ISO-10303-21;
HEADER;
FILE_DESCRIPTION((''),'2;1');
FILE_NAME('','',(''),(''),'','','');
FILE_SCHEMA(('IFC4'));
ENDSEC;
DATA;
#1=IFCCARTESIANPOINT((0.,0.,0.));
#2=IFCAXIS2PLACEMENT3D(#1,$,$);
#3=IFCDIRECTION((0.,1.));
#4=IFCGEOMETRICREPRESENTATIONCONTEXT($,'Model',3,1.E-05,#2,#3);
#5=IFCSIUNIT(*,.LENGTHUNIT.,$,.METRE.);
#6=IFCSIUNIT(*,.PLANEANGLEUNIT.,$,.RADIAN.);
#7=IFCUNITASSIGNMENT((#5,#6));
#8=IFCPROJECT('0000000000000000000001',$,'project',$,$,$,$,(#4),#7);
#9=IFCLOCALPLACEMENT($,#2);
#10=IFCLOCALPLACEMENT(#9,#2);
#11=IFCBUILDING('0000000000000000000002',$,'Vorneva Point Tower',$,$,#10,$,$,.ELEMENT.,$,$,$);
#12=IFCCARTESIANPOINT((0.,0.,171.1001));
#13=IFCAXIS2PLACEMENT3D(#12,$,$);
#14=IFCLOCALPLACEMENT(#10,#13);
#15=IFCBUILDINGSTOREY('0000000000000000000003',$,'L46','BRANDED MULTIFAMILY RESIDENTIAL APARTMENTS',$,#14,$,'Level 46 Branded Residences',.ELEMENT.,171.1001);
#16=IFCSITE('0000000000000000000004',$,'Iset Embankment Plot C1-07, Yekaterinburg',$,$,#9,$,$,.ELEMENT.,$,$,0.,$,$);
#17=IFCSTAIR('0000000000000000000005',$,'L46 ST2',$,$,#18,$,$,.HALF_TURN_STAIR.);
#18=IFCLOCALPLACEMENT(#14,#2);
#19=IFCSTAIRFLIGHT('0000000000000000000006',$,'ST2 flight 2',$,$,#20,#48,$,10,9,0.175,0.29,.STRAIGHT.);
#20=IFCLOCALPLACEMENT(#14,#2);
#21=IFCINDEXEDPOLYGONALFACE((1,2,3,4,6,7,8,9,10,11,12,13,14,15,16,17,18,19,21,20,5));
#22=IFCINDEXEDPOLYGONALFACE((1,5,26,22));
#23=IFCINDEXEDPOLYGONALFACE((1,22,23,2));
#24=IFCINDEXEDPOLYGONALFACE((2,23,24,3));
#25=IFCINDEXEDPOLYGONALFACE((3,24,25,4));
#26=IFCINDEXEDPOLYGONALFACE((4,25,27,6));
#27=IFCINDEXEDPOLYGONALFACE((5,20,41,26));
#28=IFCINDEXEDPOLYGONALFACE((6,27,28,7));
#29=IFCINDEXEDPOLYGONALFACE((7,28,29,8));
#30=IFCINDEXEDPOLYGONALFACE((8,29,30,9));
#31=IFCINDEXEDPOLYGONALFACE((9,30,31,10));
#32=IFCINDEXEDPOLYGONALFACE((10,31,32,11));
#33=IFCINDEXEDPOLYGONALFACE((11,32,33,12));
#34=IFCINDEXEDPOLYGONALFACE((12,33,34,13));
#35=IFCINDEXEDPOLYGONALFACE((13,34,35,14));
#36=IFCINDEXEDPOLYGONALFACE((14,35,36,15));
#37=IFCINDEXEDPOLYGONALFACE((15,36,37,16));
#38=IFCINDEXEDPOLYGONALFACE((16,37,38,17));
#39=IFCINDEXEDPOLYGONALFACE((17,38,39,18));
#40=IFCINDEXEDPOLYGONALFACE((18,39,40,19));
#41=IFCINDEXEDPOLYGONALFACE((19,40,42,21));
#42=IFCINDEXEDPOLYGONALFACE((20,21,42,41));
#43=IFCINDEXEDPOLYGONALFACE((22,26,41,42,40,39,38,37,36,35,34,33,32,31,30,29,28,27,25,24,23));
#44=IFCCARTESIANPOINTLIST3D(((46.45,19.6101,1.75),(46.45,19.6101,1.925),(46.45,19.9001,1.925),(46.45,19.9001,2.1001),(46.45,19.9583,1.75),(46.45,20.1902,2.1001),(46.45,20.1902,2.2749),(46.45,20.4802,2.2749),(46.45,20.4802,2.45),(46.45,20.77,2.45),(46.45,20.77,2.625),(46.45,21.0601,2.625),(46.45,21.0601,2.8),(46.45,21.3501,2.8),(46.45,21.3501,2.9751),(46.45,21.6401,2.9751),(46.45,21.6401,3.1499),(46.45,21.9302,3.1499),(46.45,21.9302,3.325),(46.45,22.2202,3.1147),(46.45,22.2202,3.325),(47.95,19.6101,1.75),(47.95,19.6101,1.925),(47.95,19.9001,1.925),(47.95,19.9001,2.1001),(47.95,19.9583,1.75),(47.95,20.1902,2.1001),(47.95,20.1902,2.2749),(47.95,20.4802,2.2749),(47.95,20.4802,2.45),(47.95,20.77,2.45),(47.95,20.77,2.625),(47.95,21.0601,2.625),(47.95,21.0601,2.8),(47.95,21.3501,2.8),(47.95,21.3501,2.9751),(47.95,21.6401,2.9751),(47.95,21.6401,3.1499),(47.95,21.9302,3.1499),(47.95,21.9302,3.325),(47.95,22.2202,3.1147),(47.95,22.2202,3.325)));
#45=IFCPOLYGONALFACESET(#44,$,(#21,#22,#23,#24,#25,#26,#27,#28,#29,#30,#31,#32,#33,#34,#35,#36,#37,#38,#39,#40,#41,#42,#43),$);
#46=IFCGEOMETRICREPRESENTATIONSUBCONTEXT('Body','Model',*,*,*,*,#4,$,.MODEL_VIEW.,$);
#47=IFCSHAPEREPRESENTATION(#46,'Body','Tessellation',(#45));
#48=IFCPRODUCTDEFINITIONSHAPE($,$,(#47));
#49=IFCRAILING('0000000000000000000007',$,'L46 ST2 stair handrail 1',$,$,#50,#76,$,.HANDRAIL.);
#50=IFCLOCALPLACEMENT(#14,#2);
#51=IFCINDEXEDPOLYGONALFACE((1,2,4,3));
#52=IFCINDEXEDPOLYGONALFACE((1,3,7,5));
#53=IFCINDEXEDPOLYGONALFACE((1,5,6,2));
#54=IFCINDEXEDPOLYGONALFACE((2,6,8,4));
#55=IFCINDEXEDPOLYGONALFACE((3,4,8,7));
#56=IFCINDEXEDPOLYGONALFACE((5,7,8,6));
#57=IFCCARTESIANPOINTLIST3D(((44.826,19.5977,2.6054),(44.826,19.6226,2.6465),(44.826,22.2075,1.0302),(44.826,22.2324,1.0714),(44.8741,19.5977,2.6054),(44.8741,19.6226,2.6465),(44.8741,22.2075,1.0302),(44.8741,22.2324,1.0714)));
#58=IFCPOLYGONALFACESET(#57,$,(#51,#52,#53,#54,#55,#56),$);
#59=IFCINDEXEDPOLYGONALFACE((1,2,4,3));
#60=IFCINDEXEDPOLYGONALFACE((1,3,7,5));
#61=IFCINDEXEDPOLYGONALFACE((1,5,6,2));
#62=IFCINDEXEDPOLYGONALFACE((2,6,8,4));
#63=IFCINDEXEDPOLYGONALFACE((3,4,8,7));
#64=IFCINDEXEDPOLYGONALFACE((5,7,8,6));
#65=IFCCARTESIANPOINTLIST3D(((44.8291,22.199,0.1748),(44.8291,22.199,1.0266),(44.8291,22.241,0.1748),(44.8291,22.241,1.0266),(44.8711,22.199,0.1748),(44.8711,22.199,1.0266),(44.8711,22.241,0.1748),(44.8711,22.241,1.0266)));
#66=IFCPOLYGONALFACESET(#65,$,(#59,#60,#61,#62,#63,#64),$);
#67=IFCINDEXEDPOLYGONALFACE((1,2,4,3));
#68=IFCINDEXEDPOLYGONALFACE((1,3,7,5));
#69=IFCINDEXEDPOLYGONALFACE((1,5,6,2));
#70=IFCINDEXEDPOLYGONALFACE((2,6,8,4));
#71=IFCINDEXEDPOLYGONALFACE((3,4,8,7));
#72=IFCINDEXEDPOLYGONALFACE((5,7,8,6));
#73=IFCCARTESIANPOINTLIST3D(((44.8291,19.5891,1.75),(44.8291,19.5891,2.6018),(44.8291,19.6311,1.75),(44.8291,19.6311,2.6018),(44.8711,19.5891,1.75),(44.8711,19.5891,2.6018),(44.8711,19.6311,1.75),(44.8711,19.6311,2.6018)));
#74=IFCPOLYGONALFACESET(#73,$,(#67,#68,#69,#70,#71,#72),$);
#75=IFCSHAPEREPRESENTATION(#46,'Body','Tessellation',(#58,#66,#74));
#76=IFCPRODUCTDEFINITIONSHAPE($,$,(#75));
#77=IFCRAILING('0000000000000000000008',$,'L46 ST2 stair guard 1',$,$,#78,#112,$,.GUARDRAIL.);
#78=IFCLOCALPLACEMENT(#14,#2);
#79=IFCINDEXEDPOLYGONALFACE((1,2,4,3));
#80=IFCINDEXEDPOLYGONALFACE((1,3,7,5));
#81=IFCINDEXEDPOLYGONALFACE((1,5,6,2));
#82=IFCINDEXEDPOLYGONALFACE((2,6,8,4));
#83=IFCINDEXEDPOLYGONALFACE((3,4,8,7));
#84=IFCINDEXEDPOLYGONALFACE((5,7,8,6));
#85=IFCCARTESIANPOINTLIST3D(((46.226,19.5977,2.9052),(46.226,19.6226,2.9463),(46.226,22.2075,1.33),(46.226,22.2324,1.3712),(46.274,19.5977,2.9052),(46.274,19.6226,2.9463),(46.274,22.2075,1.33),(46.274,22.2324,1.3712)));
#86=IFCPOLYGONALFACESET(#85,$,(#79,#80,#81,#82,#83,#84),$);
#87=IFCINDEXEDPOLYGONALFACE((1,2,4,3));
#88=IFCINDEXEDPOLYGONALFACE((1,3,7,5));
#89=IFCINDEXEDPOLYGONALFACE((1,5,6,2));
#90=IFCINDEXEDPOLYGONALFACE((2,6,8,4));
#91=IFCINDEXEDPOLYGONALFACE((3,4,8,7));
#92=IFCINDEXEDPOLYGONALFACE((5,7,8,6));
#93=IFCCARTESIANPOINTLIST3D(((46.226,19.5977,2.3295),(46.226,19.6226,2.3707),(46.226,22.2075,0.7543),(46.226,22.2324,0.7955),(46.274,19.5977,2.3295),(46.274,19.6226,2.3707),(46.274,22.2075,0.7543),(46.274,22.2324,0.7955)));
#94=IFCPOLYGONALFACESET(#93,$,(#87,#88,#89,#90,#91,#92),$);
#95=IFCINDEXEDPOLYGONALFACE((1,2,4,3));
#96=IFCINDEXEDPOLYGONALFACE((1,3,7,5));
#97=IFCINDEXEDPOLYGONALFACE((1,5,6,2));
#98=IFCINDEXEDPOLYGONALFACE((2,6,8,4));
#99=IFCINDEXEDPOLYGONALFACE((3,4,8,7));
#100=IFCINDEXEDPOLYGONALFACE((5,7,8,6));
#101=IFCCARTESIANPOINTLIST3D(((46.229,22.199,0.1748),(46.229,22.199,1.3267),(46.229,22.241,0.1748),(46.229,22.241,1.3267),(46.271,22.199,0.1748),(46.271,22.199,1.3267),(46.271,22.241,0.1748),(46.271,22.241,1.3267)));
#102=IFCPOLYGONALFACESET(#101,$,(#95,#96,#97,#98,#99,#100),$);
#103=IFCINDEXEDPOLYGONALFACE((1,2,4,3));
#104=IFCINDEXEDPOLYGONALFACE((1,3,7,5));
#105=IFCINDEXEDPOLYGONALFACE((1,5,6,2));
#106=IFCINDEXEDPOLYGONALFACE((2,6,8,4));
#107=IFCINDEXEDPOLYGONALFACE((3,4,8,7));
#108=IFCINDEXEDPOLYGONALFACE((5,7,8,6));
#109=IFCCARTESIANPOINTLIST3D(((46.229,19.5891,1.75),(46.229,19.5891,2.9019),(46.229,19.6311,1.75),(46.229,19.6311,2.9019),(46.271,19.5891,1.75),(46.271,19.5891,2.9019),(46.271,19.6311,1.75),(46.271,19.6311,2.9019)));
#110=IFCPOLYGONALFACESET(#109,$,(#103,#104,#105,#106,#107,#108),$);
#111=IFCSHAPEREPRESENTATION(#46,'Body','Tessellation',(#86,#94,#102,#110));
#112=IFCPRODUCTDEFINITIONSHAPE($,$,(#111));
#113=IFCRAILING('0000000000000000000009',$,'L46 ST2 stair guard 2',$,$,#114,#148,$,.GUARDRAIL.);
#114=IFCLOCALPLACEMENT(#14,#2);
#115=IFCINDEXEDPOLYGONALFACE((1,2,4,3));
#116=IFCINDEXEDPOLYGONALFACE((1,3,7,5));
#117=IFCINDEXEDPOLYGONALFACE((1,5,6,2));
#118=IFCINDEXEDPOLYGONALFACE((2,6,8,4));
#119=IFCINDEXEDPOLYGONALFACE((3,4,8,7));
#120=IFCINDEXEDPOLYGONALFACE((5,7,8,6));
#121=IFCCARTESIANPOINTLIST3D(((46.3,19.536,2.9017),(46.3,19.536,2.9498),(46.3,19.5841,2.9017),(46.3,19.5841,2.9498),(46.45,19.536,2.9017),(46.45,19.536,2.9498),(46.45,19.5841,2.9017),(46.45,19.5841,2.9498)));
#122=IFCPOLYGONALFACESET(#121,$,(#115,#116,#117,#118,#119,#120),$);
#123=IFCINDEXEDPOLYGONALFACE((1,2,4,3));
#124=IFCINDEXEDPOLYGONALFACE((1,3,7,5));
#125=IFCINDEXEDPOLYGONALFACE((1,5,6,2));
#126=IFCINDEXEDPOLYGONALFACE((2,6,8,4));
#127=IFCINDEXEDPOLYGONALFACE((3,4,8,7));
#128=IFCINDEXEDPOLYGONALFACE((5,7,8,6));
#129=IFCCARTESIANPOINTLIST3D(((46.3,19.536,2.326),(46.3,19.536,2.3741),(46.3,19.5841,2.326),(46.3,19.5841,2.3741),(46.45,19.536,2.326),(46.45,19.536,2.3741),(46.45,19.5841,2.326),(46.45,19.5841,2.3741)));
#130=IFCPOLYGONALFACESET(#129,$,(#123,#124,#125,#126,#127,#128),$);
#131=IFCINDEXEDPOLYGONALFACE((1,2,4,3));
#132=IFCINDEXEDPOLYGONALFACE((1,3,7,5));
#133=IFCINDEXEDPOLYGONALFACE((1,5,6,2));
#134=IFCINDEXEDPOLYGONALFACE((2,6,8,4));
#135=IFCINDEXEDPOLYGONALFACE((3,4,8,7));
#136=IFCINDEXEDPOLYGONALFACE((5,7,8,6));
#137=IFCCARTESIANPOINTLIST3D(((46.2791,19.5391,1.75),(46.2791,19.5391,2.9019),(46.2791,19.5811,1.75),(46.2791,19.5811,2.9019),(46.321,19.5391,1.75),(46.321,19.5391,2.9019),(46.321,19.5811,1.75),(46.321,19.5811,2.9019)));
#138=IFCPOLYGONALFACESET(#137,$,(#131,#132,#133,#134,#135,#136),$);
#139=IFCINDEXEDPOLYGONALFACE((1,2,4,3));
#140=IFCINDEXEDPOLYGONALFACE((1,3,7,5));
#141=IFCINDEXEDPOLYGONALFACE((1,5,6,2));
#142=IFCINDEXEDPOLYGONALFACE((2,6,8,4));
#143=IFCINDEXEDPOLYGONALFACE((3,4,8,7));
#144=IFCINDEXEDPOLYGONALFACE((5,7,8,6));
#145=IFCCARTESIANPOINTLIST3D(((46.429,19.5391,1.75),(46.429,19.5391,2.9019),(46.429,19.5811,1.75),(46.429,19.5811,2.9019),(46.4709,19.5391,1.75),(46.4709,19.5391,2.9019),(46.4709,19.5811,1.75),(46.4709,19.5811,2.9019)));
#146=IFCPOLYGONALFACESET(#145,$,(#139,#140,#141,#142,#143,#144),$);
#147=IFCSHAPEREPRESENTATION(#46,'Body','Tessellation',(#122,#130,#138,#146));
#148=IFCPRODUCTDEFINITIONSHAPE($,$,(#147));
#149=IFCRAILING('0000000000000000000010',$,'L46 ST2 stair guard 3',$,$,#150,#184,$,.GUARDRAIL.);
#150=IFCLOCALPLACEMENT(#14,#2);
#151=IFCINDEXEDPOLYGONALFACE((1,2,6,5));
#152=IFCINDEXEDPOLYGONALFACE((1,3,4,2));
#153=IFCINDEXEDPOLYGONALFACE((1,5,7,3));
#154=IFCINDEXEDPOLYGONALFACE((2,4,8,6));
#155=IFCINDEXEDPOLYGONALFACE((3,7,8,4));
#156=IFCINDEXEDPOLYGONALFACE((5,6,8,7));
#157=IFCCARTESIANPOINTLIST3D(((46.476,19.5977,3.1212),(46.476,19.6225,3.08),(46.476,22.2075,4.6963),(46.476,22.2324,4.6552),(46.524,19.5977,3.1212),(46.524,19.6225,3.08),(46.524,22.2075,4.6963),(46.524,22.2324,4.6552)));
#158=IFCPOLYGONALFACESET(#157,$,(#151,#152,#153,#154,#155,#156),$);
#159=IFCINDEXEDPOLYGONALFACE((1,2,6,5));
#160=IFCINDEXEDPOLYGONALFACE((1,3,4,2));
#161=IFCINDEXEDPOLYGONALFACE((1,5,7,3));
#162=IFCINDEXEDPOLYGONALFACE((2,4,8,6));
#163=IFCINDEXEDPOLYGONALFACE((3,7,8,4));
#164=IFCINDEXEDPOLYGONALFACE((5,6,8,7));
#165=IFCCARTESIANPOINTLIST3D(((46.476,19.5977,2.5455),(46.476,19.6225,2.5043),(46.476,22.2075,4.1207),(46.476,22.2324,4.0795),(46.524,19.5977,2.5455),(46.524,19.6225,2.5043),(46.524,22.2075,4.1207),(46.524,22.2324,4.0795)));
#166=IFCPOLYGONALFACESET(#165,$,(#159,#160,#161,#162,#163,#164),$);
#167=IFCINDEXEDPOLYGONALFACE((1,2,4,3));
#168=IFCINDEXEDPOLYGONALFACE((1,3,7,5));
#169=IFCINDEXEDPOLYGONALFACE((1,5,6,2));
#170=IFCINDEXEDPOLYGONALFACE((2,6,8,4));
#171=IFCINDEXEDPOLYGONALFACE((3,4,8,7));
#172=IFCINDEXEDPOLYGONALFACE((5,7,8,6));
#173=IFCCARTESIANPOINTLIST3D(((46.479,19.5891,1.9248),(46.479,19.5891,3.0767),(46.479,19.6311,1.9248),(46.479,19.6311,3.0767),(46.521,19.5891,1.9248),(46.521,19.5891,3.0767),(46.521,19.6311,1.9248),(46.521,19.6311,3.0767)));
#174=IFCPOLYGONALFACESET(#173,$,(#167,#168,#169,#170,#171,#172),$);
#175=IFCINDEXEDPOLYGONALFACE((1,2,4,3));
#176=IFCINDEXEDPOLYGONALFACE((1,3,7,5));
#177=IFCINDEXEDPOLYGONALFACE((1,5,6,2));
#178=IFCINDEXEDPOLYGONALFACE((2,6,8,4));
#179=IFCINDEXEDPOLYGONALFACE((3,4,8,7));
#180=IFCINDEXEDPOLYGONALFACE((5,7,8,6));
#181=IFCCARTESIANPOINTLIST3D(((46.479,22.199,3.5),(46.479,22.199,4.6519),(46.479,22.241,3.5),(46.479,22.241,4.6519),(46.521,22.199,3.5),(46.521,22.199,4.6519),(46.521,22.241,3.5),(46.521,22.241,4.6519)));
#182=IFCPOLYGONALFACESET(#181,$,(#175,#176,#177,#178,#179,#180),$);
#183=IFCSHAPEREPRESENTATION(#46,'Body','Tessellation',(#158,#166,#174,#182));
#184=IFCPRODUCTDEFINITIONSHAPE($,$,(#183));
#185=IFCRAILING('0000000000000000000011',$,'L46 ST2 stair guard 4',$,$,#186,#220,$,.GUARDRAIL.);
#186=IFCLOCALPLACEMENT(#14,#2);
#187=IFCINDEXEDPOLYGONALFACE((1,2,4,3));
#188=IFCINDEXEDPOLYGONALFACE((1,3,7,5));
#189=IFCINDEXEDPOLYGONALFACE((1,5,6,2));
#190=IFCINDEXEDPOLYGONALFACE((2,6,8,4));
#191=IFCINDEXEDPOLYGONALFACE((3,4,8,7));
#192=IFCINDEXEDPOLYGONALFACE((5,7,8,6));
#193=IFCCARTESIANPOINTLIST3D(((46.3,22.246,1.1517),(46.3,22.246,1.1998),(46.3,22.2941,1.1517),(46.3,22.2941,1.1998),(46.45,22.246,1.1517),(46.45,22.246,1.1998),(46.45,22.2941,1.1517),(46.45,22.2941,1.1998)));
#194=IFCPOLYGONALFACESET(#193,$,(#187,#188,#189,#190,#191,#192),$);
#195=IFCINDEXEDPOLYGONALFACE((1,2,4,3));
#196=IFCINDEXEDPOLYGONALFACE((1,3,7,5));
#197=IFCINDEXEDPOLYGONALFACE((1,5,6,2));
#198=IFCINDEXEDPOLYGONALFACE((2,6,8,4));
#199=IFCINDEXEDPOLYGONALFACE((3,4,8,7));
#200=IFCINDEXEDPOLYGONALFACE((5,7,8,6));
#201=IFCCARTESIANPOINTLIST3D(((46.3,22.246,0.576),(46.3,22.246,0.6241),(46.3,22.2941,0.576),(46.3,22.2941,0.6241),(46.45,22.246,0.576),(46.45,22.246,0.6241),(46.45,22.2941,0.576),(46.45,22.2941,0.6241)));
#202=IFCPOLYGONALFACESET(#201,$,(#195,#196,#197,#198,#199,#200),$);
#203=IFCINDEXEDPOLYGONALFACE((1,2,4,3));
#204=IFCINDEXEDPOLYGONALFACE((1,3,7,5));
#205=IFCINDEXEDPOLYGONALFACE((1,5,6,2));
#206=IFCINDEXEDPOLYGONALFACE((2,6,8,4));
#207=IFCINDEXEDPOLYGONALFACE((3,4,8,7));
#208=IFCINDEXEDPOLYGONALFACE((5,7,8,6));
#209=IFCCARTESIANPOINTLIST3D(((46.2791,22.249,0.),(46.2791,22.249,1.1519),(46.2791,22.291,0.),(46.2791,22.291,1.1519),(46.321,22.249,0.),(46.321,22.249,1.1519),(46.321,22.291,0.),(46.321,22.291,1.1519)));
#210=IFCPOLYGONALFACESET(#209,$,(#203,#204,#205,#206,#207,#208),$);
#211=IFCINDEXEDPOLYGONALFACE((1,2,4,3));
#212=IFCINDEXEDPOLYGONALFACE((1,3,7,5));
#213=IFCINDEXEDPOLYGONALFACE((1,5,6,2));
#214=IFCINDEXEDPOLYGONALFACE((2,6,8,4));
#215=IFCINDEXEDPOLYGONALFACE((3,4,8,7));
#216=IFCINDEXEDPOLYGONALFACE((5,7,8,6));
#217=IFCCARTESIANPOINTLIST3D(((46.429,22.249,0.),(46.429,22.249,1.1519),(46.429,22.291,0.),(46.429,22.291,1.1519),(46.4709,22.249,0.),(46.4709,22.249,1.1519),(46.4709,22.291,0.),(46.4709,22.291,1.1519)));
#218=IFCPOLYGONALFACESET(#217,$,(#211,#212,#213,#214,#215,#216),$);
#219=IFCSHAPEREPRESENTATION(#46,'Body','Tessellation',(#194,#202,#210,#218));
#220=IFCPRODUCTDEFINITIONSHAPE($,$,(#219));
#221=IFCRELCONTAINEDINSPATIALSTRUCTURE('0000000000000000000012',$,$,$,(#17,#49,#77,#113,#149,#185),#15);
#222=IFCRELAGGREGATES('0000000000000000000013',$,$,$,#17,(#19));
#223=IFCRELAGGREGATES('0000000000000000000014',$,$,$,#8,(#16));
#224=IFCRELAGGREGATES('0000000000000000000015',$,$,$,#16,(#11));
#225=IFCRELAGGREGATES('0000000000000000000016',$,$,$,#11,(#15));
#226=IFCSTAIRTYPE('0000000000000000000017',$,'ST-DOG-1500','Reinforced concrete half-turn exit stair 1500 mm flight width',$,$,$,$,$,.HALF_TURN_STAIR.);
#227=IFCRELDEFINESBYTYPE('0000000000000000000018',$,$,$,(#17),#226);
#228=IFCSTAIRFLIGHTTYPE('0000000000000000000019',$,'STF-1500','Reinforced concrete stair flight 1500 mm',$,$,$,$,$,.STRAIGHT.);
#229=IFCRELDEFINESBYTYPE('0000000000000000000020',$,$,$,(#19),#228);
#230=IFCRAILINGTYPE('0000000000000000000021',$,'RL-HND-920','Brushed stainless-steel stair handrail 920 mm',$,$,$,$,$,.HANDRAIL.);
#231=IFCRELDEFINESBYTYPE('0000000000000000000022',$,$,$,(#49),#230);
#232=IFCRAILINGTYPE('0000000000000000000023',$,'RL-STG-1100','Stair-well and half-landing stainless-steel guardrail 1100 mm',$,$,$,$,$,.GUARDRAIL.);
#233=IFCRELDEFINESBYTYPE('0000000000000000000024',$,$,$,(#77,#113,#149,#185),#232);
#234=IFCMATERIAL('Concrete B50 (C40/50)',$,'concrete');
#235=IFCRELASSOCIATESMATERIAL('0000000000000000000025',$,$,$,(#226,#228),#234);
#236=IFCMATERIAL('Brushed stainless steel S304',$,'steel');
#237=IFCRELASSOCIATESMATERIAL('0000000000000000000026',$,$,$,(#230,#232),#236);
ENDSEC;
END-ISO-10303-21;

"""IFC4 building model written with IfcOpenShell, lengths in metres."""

from ifc_helpers import new_model, si_unit, direction, frame, origin, origin_2d, place, context, subcontext, project, spatial, polyline, rectangle, outline, extrude, material, type_object, element, aggregate, save


model = new_model("IFC4")

# Units and contexts
model_context = context("Model", 3, precision=1e-05, world=origin(), true_north=direction((0.0, 1.0)))
body_context = subcontext(model_context, "Body", "Model", "MODEL_VIEW")
ifc_project = project(units=[si_unit("LENGTHUNIT", "METRE"), si_unit("PLANEANGLEUNIT", "RADIAN")], contexts=[model_context])

# Site, building, storey
site_placement = place(None, origin())
site = spatial("IfcSite", under=ifc_project, at=site_placement, Name="Iset Embankment Plot C1-07, Yekaterinburg", CompositionType="ELEMENT", RefElevation=0.0)
building_placement = place(site_placement, origin())
building = spatial("IfcBuilding", under=site, at=building_placement, Name="Vorneva Point Tower", CompositionType="ELEMENT")
storey_placement = place(building_placement, frame((0.0, 0.0, 171.1001)))
storey = spatial("IfcBuildingStorey", under=building, at=storey_placement, Name="L46", Description="BRANDED MULTIFAMILY RESIDENTIAL APARTMENTS", LongName="Level 46 Branded Residences", CompositionType="ELEMENT", Elevation=171.1001)

# Shared definitions
ifc_material_1 = material(Name="Concrete B50 (C40/50)", Category="concrete")

# Shared definitions
ifc_material_2 = material(Name="Brushed stainless steel S304", Category="steel")

# Stair, stair flight
stair_type = type_object("IfcStairType", Name="ST-DOG-1500", Description="Reinforced concrete half-turn exit stair 1500 mm flight width", PredefinedType="HALF_TURN_STAIR", material=ifc_material_1)
stair_placement = place(storey_placement, origin())
stair = element("IfcStair", 1, at=stair_placement, inside=storey, type_object=stair_type, Name="L46 ST2", PredefinedType="HALF_TURN_STAIR")
stair_flight_type = type_object("IfcStairFlightType", Name="STF-1500", Description="Reinforced concrete stair flight 1500 mm", PredefinedType="STRAIGHT", material=ifc_material_1)
stair_flight_1_placement = place(storey_placement, frame((47.2, 19.6101, 1.75), z_axis=(0.0, 0.0, 1.0), x_axis=(0.0, 1.0, 0.0)))
stair_flight_1 = element("IfcStairFlight", 2, at=stair_flight_1_placement, type_object=stair_flight_type, Name="ST2 flight 2", NumberOfRisers=10, NumberOfTreads=9, PredefinedType="STRAIGHT", RiserHeight=0.175, TreadLength=0.29, context=body_context, shape_type="SweptSolid", body=[
    extrude(outline(polyline([(0.0, 0.0), (0.0, 0.175), (0.29, 0.175), (0.29, 0.3501), (0.5801, 0.3501), (0.5801, 0.5249), (0.8701, 0.5249), (0.8701, 0.7), (1.1599, 0.7), (1.1599, 0.875), (1.45, 0.875), (1.45, 1.05), (1.74, 1.05), (1.74, 1.2251), (2.03, 1.2251), (2.03, 1.3999), (2.3201, 1.3999), (2.3201, 1.575), (2.6101, 1.575), (2.6101, 1.75), (2.6101, 1.3647), (0.3481, 0.0), (0.0, 0.0)])), frame((0.0, 0.75, 0.0), z_axis=(0.0, -1.0, 0.0), x_axis=(1.0, 0.0, 0.0)), (0.0, 0.0, 1.0), 1.5),
])
aggregate(stair, [stair_flight_1])

# Railings
railing_type_1 = type_object("IfcRailingType", Name="RL-HND-920", Description="Brushed stainless-steel stair handrail 920 mm", PredefinedType="HANDRAIL", material=ifc_material_2)
railing_1_placement = place(storey_placement, frame((44.8501, 22.22, 0.1748)))
element("IfcRailing", 3, at=railing_1_placement, inside=storey, type_object=railing_type_1, Name="L46 ST2 stair handrail 1", PredefinedType="HANDRAIL", context=body_context, shape_type="SweptSolid", body=[
    extrude(rectangle(XDim=0.0481, YDim=0.0481, at=origin_2d()), frame((0.0, 0.0, 0.876), z_axis=(0.0, -0.856147, 0.516732), x_axis=(1.0, 0.0, 0.0)), (0.0, 0.0, 1.0), 3.0483),
    extrude(rectangle(XDim=0.042, YDim=0.042, at=origin_2d()), origin(), (0.0, 0.0, 1.0), 0.8518),
    extrude(rectangle(XDim=0.042, YDim=0.042, at=origin_2d()), frame((0.0, -2.6099, 1.5752)), (0.0, 0.0, 1.0), 0.8518),
])
railing_type_2 = type_object("IfcRailingType", Name="RL-STG-1100", Description="Stair-well and half-landing stainless-steel guardrail 1100 mm", PredefinedType="GUARDRAIL", material=ifc_material_2)
railing_2_placement = place(storey_placement, frame((46.25, 22.22, 0.1748)))
element("IfcRailing", 4, at=railing_2_placement, inside=storey, type_object=railing_type_2, Name="L46 ST2 stair guard 1", PredefinedType="GUARDRAIL", context=body_context, shape_type="SweptSolid", body=[
    extrude(rectangle(XDim=0.0481, YDim=0.0481, at=origin_2d()), frame((0.0, 0.0, 1.1758), z_axis=(0.0, -0.856147, 0.516732), x_axis=(1.0, 0.0, 0.0)), (0.0, 0.0, 1.0), 3.0483),
    extrude(rectangle(XDim=0.0481, YDim=0.0481, at=origin_2d()), frame((0.0, 0.0, 0.6001), z_axis=(0.0, -0.856147, 0.516732), x_axis=(1.0, 0.0, 0.0)), (0.0, 0.0, 1.0), 3.0483),
    extrude(rectangle(XDim=0.042, YDim=0.042, at=origin_2d()), origin(), (0.0, 0.0, 1.0), 1.1519),
    extrude(rectangle(XDim=0.042, YDim=0.042, at=origin_2d()), frame((0.0, -2.6099, 1.5752)), (0.0, 0.0, 1.0), 1.1519),
])
railing_3_placement = place(storey_placement, frame((46.3, 19.5601, 1.75)))
element("IfcRailing", 5, at=railing_3_placement, inside=storey, type_object=railing_type_2, Name="L46 ST2 stair guard 2", PredefinedType="GUARDRAIL", context=body_context, shape_type="SweptSolid", body=[
    extrude(rectangle(XDim=0.0481, YDim=0.0481, at=origin_2d()), frame((0.0, 0.0, 1.1758), z_axis=(1.0, 0.0, 0.0), x_axis=(0.0, 1.0, 0.0)), (0.0, 0.0, 1.0), 0.1499),
    extrude(rectangle(XDim=0.0481, YDim=0.0481, at=origin_2d()), frame((0.0, 0.0, 0.6001), z_axis=(1.0, 0.0, 0.0), x_axis=(0.0, 1.0, 0.0)), (0.0, 0.0, 1.0), 0.1499),
    extrude(rectangle(XDim=0.042, YDim=0.042, at=origin_2d()), origin(), (0.0, 0.0, 1.0), 1.1519),
    extrude(rectangle(XDim=0.042, YDim=0.042, at=origin_2d()), frame((0.1499, 0.0, 0.0)), (0.0, 0.0, 1.0), 1.1519),
])
railing_4_placement = place(storey_placement, frame((46.5, 19.6101, 1.9248)))
element("IfcRailing", 6, at=railing_4_placement, inside=storey, type_object=railing_type_2, Name="L46 ST2 stair guard 3", PredefinedType="GUARDRAIL", context=body_context, shape_type="SweptSolid", body=[
    extrude(rectangle(XDim=0.0481, YDim=0.0481, at=origin_2d()), frame((0.0, 0.0, 1.1758), z_axis=(0.0, 0.856147, 0.516732), x_axis=(-1.0, 0.0, 0.0)), (0.0, 0.0, 1.0), 3.0483),
    extrude(rectangle(XDim=0.0481, YDim=0.0481, at=origin_2d()), frame((0.0, 0.0, 0.6001), z_axis=(0.0, 0.856147, 0.516732), x_axis=(-1.0, 0.0, 0.0)), (0.0, 0.0, 1.0), 3.0483),
    extrude(rectangle(XDim=0.042, YDim=0.042, at=origin_2d()), origin(), (0.0, 0.0, 1.0), 1.1519),
    extrude(rectangle(XDim=0.042, YDim=0.042, at=origin_2d()), frame((0.0, 2.6099, 1.5752)), (0.0, 0.0, 1.0), 1.1519),
])
railing_5_placement = place(storey_placement, frame((46.3, 22.27, 0.0)))
element("IfcRailing", 7, at=railing_5_placement, inside=storey, type_object=railing_type_2, Name="L46 ST2 stair guard 4", PredefinedType="GUARDRAIL", context=body_context, shape_type="SweptSolid", body=[
    extrude(rectangle(XDim=0.0481, YDim=0.0481, at=origin_2d()), frame((0.0, 0.0, 1.1758), z_axis=(1.0, 0.0, 0.0), x_axis=(0.0, 1.0, 0.0)), (0.0, 0.0, 1.0), 0.1499),
    extrude(rectangle(XDim=0.0481, YDim=0.0481, at=origin_2d()), frame((0.0, 0.0, 0.6001), z_axis=(1.0, 0.0, 0.0), x_axis=(0.0, 1.0, 0.0)), (0.0, 0.0, 1.0), 0.1499),
    extrude(rectangle(XDim=0.042, YDim=0.042, at=origin_2d()), origin(), (0.0, 0.0, 1.0), 1.1519),
    extrude(rectangle(XDim=0.042, YDim=0.042, at=origin_2d()), frame((0.1499, 0.0, 0.0)), (0.0, 0.0, 1.0), 1.1519),
])

save(model, "model.ifc")
